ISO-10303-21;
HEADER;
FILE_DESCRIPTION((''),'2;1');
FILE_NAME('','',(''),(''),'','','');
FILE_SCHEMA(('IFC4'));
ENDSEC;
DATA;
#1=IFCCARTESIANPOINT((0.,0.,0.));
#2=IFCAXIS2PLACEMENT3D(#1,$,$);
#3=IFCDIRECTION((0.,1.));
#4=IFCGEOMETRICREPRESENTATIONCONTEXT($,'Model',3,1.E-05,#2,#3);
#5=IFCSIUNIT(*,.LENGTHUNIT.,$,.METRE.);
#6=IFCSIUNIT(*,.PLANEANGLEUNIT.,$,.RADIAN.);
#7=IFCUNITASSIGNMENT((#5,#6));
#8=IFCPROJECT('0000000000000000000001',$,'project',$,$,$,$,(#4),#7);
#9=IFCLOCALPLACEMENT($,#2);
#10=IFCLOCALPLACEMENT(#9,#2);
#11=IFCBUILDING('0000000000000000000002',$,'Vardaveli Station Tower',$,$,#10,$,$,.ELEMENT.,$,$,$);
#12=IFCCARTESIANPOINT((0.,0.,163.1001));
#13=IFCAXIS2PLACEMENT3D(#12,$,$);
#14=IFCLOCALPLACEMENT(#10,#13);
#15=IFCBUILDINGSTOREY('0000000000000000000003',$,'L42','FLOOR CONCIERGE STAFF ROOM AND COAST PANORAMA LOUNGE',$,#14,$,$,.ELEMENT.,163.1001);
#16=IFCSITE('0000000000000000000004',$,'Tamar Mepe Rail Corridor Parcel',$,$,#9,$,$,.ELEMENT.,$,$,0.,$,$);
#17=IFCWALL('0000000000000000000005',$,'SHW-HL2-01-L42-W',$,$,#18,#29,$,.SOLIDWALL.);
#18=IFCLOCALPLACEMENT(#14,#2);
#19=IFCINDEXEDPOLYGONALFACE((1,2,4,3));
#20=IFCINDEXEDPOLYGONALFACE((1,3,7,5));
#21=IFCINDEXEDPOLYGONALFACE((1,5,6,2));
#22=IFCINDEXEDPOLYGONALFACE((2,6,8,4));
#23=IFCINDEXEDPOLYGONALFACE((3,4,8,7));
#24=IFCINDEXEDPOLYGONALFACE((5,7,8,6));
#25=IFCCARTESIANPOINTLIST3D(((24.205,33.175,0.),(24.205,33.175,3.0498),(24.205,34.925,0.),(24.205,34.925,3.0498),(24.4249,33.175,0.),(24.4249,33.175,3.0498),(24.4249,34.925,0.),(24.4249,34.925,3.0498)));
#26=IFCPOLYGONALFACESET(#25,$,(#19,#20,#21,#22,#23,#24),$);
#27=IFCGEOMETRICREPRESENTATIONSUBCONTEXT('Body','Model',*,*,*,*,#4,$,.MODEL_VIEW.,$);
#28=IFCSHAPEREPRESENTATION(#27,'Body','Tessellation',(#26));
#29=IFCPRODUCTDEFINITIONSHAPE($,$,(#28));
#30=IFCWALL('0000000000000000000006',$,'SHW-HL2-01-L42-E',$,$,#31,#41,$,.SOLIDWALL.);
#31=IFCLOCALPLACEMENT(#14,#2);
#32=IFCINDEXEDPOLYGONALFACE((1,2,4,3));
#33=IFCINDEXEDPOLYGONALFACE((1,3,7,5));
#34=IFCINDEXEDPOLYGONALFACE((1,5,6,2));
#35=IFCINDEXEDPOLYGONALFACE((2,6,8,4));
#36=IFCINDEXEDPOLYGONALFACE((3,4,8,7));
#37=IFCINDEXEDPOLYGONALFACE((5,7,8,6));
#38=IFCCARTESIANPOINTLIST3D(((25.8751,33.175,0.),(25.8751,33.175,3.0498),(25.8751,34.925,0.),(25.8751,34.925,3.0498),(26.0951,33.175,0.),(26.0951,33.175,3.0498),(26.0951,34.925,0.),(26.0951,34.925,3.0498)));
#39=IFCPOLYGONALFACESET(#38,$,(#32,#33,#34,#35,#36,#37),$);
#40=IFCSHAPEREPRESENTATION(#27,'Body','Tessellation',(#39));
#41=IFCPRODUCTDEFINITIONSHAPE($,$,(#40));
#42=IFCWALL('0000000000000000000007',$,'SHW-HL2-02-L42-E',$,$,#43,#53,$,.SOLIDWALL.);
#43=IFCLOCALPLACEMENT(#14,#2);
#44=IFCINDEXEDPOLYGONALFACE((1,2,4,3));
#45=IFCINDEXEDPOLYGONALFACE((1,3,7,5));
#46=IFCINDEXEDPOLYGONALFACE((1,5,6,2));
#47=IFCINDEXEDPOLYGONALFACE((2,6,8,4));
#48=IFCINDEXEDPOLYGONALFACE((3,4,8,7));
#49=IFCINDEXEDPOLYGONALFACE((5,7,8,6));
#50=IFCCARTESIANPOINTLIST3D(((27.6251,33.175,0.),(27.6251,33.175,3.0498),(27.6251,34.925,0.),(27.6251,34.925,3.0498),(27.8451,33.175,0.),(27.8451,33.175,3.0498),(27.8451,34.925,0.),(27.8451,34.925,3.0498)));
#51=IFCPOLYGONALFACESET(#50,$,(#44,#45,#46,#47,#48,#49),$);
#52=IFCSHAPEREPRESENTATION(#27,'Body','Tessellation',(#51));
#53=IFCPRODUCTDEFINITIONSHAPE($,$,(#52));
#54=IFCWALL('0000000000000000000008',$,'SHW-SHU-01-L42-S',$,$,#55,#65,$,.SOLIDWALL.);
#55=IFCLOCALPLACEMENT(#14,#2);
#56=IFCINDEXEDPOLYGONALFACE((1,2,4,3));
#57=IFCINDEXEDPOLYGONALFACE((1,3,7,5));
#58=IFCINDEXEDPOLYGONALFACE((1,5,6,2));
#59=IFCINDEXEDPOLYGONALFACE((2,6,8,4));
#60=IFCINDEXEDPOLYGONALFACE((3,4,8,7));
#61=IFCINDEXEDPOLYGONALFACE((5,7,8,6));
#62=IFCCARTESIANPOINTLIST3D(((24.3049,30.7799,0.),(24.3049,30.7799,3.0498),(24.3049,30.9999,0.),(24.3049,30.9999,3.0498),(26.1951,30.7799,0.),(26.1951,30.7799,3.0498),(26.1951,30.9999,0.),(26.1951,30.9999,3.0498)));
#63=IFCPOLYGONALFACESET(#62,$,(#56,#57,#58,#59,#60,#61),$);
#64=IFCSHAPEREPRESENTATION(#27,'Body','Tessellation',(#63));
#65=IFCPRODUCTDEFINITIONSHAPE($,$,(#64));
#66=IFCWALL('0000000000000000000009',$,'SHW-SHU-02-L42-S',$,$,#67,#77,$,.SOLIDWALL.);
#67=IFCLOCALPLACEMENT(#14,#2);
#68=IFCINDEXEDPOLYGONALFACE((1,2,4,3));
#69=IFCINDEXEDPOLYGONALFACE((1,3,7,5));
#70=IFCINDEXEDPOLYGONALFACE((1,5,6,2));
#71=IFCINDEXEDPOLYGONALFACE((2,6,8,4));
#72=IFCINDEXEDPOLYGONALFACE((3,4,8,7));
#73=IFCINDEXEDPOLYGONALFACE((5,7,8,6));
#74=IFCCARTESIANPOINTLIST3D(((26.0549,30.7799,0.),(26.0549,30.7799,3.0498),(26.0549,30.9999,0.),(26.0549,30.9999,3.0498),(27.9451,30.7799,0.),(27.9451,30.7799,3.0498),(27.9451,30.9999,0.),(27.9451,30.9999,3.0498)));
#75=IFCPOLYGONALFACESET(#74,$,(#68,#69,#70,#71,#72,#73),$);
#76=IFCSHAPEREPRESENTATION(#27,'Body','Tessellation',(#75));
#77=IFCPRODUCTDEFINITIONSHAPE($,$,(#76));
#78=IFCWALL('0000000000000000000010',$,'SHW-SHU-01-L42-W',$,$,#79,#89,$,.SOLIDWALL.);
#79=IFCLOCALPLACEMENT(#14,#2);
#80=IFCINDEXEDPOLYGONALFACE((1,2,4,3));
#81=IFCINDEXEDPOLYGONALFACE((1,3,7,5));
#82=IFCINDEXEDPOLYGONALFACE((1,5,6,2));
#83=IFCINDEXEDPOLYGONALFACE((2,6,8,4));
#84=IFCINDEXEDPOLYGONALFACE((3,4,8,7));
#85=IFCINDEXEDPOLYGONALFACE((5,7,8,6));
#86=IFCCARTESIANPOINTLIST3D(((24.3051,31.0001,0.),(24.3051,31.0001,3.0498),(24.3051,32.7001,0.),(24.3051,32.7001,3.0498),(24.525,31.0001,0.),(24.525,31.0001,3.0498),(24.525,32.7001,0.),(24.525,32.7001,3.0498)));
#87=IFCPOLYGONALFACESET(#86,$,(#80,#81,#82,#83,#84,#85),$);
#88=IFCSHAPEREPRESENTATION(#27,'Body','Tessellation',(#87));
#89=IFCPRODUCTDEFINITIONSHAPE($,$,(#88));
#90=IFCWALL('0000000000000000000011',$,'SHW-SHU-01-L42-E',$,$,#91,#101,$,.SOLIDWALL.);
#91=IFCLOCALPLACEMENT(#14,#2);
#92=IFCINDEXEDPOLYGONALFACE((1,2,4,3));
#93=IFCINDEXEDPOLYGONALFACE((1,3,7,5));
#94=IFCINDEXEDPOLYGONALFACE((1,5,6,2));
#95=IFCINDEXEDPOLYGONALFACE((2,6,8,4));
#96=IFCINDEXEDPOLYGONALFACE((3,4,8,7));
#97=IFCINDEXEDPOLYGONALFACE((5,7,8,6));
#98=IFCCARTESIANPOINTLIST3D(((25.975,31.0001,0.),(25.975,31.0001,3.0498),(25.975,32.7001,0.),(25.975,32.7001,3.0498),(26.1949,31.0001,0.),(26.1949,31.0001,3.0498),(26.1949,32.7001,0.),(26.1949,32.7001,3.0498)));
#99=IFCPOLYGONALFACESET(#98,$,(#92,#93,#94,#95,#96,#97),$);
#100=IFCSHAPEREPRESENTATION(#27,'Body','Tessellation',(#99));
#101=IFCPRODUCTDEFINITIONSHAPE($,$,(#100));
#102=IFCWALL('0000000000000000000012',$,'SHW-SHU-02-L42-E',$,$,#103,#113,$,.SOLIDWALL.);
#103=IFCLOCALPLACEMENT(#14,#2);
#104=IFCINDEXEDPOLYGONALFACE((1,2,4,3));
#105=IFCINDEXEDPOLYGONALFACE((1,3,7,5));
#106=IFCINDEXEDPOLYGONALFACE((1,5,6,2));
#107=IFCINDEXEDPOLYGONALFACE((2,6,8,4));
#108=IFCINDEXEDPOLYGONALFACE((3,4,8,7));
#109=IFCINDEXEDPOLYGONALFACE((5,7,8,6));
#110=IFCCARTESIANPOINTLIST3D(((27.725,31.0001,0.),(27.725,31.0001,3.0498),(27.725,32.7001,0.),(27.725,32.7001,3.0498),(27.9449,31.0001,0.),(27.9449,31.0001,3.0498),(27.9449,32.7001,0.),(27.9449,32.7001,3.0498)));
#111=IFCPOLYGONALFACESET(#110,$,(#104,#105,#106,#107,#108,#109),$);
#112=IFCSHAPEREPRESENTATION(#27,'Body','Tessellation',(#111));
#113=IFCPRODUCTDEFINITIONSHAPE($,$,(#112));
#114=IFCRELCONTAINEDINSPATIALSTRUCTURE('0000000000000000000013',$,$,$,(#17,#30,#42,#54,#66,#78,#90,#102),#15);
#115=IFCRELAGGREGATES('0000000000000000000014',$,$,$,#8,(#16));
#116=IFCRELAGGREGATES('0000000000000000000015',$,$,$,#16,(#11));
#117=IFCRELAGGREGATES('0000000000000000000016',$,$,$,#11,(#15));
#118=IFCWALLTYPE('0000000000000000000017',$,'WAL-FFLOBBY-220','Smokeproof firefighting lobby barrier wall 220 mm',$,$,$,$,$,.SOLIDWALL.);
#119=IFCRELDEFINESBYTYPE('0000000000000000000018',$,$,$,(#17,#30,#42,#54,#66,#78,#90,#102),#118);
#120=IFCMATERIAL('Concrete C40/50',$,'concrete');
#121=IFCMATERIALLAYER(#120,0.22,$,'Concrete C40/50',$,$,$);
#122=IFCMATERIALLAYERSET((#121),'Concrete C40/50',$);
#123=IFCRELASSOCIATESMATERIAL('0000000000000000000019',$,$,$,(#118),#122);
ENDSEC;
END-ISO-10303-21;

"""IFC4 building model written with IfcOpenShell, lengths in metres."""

from ifc_helpers import new_model, si_unit, direction, frame, frame_2d, origin, place, context, subcontext, project, spatial, rectangle, extrude, source, transform, mapped, material, layer, layer_set, type_object, element, save


model = new_model("IFC4")

# Units and contexts
model_context = context("Model", 3, precision=1e-05, world=origin(), true_north=direction((0.0, 1.0)))
body_context = subcontext(model_context, "Body", "Model", "MODEL_VIEW")
ifc_project = project(units=[si_unit("LENGTHUNIT", "METRE"), si_unit("PLANEANGLEUNIT", "RADIAN")], contexts=[model_context])

# Site, building, storey
site_placement = place(None, origin())
site = spatial("IfcSite", under=ifc_project, at=site_placement, Name="Tamar Mepe Rail Corridor Parcel", CompositionType="ELEMENT", RefElevation=0.0)
building_placement = place(site_placement, origin())
building = spatial("IfcBuilding", under=site, at=building_placement, Name="Vardaveli Station Tower", CompositionType="ELEMENT")
storey_placement = place(building_placement, frame((0.0, 0.0, 163.1001)))
storey = spatial("IfcBuildingStorey", under=building, at=storey_placement, Name="L42", Description="FLOOR CONCIERGE STAFF ROOM AND COAST PANORAMA LOUNGE", CompositionType="ELEMENT", Elevation=163.1001)

# Shared definitions
ifc_material_1 = material(Name="Concrete C40/50", Category="concrete")

# Shared definitions
ifc_layer_1 = layer(ifc_material_1, 0.22, Name="Concrete C40/50")
ifc_layer_set_1 = layer_set([ifc_layer_1], Name="Concrete C40/50")
wall_type_1 = type_object("IfcWallType", Name="WAL-FFLOBBY-220", Description="Smokeproof firefighting lobby barrier wall 220 mm", PredefinedType="SOLIDWALL", material=ifc_layer_set_1)

# Walls
shared_shape_1 = source(origin(), body_context, "Body", "SweptSolid", [
    extrude(rectangle(XDim=1.75, YDim=0.22, at=frame_2d((0.875, 0.0))), origin(), (0.0, 0.0, 1.0), 3.0498),
])
for number, where, z_axis, x_axis, name in (
    (1, (24.3149, 33.175, 0.0), (0.0, 0.0, 1.0), (0.0, 1.0, 0.0), "SHW-HL2-01-L42-W"),
    (2, (25.9851, 33.175, 0.0), (0.0, 0.0, 1.0), (0.0, 1.0, 0.0), "SHW-HL2-01-L42-E"),
    (3, (27.7351, 33.175, 0.0), (0.0, 0.0, 1.0), (0.0, 1.0, 0.0), "SHW-HL2-02-L42-E"),
):
    element("IfcWall", number, at=place(storey_placement, frame(where, z_axis=z_axis, x_axis=x_axis)), inside=storey, type_object=wall_type_1, Name=name, PredefinedType="SOLIDWALL", context=body_context, shape_type="MappedRepresentation", body=[
        mapped(shared_shape_1, transform((0.0, 0.0, 0.0), scale=1.0)),
    ])
shared_shape_2 = source(origin(), body_context, "Body", "SweptSolid", [
    extrude(rectangle(XDim=1.8901, YDim=0.22, at=frame_2d((0.9451, 0.0))), origin(), (0.0, 0.0, 1.0), 3.0498),
])
for number, where, z_axis, x_axis, name in (
    (4, (24.3049, 30.8899, 0.0), (0.0, 0.0, 1.0), (1.0, 0.0, 0.0), "SHW-SHU-01-L42-S"),
    (5, (26.0549, 30.8899, 0.0), (0.0, 0.0, 1.0), (1.0, 0.0, 0.0), "SHW-SHU-02-L42-S"),
):
    element("IfcWall", number, at=place(storey_placement, frame(where, z_axis=z_axis, x_axis=x_axis)), inside=storey, type_object=wall_type_1, Name=name, PredefinedType="SOLIDWALL", context=body_context, shape_type="MappedRepresentation", body=[
        mapped(shared_shape_2, transform((0.0, 0.0, 0.0), scale=1.0)),
    ])
shared_shape_3 = source(origin(), body_context, "Body", "SweptSolid", [
    extrude(rectangle(XDim=1.7, YDim=0.22, at=frame_2d((0.8501, 0.0))), origin(), (0.0, 0.0, 1.0), 3.0498),
])
for number, where, z_axis, x_axis, name in (
    (6, (24.415, 31.0, 0.0), (0.0, 0.0, 1.0), (0.0, 1.0, 0.0), "SHW-SHU-01-L42-W"),
    (7, (26.085, 31.0, 0.0), (0.0, 0.0, 1.0), (0.0, 1.0, 0.0), "SHW-SHU-01-L42-E"),
    (8, (27.835, 31.0, 0.0), (0.0, 0.0, 1.0), (0.0, 1.0, 0.0), "SHW-SHU-02-L42-E"),
):
    element("IfcWall", number, at=place(storey_placement, frame(where, z_axis=z_axis, x_axis=x_axis)), inside=storey, type_object=wall_type_1, Name=name, PredefinedType="SOLIDWALL", context=body_context, shape_type="MappedRepresentation", body=[
        mapped(shared_shape_3, transform((0.0, 0.0, 0.0), scale=1.0)),
    ])

save(model, "model.ifc")
